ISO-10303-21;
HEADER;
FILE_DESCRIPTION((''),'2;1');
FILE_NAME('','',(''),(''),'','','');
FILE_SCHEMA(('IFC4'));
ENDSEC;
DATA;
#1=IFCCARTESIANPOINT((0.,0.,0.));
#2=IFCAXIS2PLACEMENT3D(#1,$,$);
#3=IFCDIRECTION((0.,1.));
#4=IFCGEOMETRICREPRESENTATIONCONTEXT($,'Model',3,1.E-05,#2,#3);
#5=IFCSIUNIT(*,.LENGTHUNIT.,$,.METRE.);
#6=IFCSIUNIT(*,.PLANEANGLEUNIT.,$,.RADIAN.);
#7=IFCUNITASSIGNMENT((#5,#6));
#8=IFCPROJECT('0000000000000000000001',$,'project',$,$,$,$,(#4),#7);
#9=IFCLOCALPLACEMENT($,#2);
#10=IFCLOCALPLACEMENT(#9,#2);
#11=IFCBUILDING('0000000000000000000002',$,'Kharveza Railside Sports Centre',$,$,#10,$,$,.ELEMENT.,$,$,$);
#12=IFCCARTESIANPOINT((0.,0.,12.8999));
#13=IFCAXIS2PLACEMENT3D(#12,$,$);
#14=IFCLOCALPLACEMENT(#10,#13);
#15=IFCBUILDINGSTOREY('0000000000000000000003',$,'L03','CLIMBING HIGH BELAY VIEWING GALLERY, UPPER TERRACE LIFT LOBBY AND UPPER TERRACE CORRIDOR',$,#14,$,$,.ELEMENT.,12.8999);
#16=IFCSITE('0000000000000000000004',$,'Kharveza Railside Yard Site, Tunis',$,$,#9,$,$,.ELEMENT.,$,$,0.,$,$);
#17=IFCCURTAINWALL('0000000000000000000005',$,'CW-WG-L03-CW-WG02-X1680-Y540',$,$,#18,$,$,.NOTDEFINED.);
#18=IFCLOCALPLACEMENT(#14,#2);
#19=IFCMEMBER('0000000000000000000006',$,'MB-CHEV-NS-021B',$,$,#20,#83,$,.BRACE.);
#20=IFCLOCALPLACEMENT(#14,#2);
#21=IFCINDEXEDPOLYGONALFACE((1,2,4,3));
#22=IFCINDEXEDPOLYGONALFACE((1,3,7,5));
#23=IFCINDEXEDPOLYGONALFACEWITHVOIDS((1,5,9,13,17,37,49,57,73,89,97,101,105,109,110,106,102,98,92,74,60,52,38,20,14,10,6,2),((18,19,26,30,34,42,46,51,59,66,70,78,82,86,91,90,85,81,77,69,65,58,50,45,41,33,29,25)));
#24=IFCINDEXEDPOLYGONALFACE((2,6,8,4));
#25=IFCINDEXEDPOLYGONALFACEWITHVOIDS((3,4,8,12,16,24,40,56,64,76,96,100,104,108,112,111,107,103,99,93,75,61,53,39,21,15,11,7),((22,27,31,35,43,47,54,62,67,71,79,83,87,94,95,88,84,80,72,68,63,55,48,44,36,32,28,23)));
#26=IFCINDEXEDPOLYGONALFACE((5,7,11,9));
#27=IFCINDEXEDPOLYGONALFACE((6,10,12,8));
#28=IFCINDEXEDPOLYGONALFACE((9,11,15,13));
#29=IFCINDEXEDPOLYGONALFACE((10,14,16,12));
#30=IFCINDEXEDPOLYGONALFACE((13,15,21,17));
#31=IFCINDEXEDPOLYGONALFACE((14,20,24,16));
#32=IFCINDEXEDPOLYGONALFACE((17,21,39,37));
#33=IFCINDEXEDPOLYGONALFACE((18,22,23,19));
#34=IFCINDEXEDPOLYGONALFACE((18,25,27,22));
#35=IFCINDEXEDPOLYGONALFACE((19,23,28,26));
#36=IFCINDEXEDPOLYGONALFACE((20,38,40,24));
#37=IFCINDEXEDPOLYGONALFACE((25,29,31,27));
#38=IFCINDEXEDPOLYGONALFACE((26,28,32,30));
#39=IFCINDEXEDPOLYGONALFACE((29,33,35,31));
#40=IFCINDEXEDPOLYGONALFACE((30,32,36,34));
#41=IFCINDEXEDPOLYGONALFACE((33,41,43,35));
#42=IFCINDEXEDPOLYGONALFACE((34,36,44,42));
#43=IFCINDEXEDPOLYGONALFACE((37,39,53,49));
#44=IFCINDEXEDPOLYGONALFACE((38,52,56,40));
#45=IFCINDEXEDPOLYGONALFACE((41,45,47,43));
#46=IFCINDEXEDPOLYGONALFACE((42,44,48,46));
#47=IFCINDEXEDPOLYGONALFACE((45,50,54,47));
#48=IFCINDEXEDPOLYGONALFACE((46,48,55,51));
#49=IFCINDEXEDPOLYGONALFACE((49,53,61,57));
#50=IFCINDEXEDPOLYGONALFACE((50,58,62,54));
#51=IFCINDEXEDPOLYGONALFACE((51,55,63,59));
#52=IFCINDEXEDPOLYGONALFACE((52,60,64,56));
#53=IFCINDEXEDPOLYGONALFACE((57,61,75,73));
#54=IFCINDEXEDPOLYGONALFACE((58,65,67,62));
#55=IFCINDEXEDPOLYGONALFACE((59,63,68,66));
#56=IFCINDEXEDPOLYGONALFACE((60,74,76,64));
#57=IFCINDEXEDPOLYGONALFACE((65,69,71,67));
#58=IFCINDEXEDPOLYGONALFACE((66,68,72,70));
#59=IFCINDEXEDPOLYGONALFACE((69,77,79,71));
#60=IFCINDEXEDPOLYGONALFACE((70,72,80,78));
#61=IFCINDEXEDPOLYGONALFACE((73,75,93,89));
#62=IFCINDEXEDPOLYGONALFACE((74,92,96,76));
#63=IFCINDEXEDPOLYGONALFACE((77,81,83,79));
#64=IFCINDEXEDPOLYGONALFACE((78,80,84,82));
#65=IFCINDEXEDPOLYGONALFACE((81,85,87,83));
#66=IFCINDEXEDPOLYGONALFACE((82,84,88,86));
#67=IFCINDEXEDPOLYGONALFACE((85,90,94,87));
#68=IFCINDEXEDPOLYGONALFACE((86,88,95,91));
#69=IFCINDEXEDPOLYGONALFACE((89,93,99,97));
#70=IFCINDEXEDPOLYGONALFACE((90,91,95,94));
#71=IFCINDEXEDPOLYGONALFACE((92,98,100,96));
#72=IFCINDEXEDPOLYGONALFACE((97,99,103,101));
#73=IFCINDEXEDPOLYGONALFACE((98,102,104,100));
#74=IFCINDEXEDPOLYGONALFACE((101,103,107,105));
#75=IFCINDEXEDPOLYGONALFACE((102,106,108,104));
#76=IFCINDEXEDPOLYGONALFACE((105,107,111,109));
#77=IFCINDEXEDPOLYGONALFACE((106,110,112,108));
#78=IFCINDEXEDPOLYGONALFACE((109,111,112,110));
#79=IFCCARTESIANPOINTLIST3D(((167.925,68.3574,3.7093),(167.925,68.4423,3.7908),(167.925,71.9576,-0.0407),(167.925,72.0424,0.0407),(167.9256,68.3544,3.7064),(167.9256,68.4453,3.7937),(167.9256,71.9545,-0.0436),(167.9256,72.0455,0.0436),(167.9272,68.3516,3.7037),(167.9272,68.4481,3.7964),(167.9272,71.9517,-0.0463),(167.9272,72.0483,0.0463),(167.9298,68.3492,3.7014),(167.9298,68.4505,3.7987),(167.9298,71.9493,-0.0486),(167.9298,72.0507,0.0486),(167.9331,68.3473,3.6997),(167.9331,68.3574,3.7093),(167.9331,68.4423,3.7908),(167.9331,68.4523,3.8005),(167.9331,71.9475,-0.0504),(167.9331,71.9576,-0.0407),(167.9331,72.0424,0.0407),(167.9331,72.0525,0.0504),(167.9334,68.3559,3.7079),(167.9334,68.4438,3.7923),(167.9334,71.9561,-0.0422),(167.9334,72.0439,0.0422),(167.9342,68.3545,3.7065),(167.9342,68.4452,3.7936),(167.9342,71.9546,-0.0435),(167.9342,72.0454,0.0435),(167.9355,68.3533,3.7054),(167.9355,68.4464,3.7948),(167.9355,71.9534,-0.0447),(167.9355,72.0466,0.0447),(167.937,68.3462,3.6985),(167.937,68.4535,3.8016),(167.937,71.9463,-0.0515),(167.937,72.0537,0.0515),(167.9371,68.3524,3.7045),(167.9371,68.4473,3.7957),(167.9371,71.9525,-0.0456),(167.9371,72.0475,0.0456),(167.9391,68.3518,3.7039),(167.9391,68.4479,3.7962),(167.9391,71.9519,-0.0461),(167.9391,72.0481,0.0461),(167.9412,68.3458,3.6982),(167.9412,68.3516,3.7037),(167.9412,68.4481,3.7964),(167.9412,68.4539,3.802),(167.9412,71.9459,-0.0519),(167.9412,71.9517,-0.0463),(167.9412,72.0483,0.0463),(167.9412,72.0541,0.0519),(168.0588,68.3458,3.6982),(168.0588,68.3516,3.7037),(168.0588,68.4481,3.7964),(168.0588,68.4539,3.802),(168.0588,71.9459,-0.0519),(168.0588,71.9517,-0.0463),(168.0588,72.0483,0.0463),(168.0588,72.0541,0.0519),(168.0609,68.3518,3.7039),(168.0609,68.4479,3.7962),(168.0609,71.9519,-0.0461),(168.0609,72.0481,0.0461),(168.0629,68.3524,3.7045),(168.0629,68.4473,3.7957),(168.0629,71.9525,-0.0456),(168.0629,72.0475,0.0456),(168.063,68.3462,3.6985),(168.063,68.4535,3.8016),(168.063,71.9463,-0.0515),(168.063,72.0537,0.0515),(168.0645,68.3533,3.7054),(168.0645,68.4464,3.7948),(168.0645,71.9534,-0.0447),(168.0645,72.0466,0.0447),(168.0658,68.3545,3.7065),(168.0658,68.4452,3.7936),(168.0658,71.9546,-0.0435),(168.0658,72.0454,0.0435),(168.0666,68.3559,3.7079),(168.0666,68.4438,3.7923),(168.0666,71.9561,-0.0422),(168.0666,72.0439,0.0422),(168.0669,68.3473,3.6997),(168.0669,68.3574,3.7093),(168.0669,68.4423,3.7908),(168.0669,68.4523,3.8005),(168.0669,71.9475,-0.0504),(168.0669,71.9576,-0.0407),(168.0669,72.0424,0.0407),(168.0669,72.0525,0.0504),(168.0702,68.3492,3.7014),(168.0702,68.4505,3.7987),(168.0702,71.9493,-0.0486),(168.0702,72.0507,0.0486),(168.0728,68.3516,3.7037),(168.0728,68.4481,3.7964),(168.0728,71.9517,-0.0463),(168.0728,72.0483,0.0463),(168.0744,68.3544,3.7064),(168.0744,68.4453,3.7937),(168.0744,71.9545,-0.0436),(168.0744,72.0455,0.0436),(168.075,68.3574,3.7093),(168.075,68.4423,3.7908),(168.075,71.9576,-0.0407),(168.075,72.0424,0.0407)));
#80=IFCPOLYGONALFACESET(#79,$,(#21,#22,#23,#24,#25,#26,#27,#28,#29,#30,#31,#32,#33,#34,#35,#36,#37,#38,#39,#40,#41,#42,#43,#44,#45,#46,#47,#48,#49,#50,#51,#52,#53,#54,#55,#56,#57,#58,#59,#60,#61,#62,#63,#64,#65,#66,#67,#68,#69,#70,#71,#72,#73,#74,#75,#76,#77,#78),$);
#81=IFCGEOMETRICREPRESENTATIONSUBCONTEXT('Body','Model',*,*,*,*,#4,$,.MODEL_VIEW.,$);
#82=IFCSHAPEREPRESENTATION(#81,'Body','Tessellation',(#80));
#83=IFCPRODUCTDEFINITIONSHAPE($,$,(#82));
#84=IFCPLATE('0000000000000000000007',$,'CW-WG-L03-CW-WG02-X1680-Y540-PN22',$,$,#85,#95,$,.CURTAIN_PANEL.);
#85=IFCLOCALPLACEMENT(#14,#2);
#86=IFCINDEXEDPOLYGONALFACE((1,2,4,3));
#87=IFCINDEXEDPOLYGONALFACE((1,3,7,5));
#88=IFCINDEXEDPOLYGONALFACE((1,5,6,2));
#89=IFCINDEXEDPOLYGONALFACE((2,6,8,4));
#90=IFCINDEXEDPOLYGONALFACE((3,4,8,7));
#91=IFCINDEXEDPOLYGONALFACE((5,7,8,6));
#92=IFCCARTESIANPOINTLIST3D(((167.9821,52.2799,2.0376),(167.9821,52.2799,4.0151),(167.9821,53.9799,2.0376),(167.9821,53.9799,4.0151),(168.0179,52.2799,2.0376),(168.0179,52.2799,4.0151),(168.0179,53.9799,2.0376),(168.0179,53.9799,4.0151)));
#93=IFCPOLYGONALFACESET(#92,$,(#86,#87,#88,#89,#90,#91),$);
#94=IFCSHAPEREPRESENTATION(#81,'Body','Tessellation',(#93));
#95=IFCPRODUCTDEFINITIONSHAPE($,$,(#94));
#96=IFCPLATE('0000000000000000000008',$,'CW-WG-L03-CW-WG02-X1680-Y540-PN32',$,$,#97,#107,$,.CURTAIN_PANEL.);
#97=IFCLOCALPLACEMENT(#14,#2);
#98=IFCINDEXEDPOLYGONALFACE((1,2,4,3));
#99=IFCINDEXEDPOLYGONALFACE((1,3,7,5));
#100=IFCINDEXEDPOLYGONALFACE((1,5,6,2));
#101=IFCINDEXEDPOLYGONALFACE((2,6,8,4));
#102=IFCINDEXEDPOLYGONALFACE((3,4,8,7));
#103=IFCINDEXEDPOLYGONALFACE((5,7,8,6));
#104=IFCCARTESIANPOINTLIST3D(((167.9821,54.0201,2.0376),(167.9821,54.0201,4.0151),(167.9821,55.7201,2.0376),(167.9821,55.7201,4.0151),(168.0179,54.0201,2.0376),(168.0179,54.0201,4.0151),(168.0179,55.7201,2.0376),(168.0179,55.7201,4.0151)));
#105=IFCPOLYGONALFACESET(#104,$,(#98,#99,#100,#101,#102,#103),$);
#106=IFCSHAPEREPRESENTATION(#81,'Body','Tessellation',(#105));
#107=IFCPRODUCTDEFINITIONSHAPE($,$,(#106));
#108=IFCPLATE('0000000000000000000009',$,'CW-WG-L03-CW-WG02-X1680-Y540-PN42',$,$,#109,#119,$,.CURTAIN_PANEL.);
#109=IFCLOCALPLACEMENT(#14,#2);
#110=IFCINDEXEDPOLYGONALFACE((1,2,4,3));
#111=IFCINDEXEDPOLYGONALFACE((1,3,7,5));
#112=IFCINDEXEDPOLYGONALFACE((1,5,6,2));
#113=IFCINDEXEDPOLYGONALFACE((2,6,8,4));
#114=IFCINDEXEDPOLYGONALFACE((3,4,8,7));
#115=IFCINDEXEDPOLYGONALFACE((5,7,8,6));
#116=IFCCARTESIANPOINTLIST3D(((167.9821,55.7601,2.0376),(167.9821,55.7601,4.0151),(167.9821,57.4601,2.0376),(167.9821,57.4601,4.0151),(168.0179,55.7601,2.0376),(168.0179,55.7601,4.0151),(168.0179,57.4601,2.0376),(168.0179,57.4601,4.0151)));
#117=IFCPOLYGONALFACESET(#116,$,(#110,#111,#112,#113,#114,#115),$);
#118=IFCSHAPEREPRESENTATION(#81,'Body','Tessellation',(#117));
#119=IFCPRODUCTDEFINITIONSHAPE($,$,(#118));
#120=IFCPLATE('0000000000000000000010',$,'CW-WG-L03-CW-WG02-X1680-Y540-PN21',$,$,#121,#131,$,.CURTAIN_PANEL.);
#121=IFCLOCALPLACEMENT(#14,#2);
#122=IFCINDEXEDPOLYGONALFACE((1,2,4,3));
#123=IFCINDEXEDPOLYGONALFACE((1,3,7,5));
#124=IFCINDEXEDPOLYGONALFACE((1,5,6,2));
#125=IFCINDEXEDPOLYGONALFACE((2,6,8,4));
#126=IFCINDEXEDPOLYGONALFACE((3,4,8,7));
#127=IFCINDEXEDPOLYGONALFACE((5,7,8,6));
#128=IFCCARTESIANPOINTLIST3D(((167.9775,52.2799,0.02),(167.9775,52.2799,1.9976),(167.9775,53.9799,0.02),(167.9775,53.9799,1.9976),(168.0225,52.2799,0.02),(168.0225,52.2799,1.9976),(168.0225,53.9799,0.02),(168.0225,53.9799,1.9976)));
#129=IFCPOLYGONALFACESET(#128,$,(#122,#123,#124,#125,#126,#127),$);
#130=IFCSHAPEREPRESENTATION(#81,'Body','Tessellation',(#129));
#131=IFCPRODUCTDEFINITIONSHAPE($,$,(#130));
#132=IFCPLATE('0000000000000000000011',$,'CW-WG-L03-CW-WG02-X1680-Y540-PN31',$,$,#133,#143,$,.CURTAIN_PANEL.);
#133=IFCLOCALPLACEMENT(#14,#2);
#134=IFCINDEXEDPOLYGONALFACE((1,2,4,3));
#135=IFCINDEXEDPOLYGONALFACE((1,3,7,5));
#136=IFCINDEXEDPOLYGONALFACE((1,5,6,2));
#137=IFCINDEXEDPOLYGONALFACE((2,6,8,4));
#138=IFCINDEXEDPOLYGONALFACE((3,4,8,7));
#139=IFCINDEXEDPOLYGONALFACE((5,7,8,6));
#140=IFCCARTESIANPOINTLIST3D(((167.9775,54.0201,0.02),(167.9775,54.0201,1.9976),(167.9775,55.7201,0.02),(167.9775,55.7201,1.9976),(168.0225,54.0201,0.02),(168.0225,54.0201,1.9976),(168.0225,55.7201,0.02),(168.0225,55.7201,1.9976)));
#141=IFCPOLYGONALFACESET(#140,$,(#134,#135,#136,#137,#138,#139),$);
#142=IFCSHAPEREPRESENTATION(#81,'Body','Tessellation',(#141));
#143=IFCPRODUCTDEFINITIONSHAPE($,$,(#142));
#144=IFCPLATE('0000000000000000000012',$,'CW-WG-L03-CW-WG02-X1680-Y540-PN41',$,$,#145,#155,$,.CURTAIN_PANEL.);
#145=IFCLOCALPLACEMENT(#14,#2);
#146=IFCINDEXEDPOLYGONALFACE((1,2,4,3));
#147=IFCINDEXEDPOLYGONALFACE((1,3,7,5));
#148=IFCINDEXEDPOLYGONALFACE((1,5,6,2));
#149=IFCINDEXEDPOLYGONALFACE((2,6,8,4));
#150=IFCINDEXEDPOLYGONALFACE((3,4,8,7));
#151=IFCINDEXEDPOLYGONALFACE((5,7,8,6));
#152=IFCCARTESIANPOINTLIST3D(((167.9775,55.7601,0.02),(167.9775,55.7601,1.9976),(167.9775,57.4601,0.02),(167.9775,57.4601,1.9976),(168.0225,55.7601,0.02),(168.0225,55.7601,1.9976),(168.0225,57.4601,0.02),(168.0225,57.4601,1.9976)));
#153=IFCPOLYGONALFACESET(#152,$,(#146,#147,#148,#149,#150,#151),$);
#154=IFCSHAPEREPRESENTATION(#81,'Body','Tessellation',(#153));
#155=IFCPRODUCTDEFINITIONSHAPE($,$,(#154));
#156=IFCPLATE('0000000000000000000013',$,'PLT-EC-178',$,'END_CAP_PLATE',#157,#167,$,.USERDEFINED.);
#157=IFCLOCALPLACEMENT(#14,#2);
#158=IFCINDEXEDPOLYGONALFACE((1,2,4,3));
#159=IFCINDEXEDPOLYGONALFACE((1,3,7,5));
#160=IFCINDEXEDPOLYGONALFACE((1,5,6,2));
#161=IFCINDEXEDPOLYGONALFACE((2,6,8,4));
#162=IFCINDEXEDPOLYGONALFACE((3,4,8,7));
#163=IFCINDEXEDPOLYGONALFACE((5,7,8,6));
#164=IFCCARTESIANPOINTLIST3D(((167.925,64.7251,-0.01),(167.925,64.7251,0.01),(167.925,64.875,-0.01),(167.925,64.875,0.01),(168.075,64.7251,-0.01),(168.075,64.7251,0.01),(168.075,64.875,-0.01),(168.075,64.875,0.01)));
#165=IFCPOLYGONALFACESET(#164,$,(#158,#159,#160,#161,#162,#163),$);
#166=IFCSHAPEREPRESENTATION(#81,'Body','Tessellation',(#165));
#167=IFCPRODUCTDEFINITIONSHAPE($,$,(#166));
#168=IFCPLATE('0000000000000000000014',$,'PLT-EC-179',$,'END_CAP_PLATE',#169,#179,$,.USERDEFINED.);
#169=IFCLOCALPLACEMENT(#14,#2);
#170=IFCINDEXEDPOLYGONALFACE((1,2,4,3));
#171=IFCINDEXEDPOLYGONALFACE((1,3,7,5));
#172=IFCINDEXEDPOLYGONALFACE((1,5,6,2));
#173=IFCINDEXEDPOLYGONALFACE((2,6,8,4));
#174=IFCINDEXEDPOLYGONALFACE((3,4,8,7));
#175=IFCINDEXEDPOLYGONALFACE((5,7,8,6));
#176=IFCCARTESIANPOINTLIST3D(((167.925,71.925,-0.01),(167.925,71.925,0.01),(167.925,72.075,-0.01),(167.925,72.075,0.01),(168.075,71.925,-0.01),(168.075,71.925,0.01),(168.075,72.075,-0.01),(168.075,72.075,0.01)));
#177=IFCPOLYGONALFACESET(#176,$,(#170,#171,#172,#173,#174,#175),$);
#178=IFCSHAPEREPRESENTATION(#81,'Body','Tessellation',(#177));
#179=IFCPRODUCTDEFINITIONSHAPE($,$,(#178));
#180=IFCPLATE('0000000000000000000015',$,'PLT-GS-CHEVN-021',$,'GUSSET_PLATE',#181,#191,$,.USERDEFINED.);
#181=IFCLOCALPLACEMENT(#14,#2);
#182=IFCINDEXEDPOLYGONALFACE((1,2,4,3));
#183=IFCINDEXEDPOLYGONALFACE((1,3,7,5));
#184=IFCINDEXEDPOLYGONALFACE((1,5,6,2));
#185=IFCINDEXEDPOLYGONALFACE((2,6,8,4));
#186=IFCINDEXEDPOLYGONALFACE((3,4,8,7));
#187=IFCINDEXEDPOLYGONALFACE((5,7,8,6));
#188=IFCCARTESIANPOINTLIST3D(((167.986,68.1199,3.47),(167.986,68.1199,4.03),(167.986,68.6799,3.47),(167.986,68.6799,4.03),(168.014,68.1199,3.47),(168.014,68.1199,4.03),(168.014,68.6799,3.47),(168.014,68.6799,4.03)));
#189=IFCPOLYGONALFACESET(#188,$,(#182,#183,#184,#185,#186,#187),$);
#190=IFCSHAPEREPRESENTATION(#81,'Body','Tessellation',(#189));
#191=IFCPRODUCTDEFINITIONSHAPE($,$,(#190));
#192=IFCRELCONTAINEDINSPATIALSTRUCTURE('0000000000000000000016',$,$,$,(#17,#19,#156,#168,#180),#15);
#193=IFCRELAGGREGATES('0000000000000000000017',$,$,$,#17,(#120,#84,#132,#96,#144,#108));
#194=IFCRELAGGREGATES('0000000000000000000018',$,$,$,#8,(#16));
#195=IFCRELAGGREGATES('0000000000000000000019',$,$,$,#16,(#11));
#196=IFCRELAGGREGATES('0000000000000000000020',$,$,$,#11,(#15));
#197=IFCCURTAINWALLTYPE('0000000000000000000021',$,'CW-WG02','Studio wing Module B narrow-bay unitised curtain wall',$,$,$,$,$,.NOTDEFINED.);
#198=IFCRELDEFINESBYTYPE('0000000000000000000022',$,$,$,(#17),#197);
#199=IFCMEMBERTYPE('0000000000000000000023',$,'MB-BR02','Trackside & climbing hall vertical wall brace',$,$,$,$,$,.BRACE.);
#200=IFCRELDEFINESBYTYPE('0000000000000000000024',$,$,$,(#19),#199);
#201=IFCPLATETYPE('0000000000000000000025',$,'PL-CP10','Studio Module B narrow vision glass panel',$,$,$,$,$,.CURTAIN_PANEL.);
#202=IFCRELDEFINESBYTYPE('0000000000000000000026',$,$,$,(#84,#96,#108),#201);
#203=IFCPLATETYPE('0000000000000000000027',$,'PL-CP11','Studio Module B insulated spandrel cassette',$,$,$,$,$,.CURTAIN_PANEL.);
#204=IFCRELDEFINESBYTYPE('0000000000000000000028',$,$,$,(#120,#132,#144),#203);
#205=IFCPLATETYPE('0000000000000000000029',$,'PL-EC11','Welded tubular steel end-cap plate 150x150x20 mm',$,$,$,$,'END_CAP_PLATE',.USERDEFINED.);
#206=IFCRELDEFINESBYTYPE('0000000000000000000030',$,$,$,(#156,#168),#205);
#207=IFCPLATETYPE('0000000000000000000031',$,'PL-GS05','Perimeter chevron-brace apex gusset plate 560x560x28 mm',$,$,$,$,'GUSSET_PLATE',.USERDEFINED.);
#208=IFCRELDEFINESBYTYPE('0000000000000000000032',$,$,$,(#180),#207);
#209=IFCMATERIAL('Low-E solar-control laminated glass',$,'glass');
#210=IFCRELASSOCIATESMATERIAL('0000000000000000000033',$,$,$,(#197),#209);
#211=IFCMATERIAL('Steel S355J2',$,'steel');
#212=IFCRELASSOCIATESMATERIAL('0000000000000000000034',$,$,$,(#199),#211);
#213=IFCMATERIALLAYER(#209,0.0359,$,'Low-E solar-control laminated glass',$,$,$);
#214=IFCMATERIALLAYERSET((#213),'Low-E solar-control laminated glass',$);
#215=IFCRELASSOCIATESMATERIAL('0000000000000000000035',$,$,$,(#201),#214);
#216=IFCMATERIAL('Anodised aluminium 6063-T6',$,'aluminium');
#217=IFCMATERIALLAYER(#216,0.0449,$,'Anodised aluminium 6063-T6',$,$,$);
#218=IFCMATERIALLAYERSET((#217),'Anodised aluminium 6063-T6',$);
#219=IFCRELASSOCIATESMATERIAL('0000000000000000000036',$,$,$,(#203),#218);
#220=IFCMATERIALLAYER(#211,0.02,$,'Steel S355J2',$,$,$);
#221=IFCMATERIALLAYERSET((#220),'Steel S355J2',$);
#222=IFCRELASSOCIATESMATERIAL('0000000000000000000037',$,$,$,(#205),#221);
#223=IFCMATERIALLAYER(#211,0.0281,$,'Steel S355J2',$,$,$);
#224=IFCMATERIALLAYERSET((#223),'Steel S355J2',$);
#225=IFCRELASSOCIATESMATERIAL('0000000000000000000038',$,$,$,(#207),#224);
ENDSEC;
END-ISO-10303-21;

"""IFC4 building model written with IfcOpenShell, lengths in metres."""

from ifc_helpers import new_model, si_unit, direction, frame, origin, origin_2d, place, context, subcontext, project, spatial, rectangle, hollow_rectangle, extrude, material, layer, layer_set, material_profile, profile_set, type_object, element, aggregate, save


model = new_model("IFC4")

# Units and contexts
model_context = context("Model", 3, precision=1e-05, world=origin(), true_north=direction((0.0, 1.0)))
body_context = subcontext(model_context, "Body", "Model", "MODEL_VIEW")
ifc_project = project(units=[si_unit("LENGTHUNIT", "METRE"), si_unit("PLANEANGLEUNIT", "RADIAN")], contexts=[model_context])

# Site, building, storey
site_placement = place(None, origin())
site = spatial("IfcSite", under=ifc_project, at=site_placement, Name="Kharveza Railside Yard Site, Tunis", CompositionType="ELEMENT", RefElevation=0.0)
building_placement = place(site_placement, origin())
building = spatial("IfcBuilding", under=site, at=building_placement, Name="Kharveza Railside Sports Centre", CompositionType="ELEMENT")
storey_placement = place(building_placement, frame((0.0, 0.0, 12.8999)))
storey = spatial("IfcBuildingStorey", under=building, at=storey_placement, Name="L03", Description="CLIMBING HIGH BELAY VIEWING GALLERY, UPPER TERRACE LIFT LOBBY AND UPPER TERRACE CORRIDOR", CompositionType="ELEMENT", Elevation=12.8999)

# Shared definitions
ifc_material_1 = material(Name="Steel S355J2", Category="steel")

# Curtain wall
ifc_material_2 = material(Name="Low-E solar-control laminated glass", Category="glass")
curtain_wall_type = type_object("IfcCurtainWallType", Name="CW-WG02", Description="Studio wing Module B narrow-bay unitised curtain wall", PredefinedType="NOTDEFINED", material=ifc_material_2)
curtain_wall_1_placement = place(storey_placement, origin())
curtain_wall_1 = element("IfcCurtainWall", 1, at=curtain_wall_1_placement, inside=storey, type_object=curtain_wall_type, Name="CW-WG-L03-CW-WG02-X1680-Y540", PredefinedType="NOTDEFINED")
ifc_material_3 = material(Name="Anodised aluminium 6063-T6", Category="aluminium")

# Member
ifc_material_profile_1 = material_profile(ifc_material_1, hollow_rectangle(XDim=0.1499, YDim=0.1499, WallThickness=0.0081, InnerFilletRadius=0.0081, OuterFilletRadius=0.0161, at=origin_2d()), Name="SHS 150x150x8.0")
ifc_profile_set_1 = profile_set([ifc_material_profile_1], Name="Steel S355J2")
member_type_1 = type_object("IfcMemberType", Name="MB-BR02", Description="Trackside & climbing hall vertical wall brace", PredefinedType="BRACE", material=ifc_profile_set_1)
member_1_placement = place(storey_placement, frame((168.0, 72.0, 0.0), z_axis=(0.0, -0.692542, 0.721378), x_axis=(1.0, 0.0, 0.0)))
element("IfcMember", 2, at=member_1_placement, inside=storey, type_object=member_type_1, Name="MB-CHEV-NS-021B", PredefinedType="BRACE", context=body_context, shape_type="SweptSolid", body=[
    extrude(hollow_rectangle(XDim=0.1499, YDim=0.1499, WallThickness=0.0081, InnerFilletRadius=0.0081, OuterFilletRadius=0.0161, at=origin_2d()), origin(), (0.0, 0.0, 1.0), 5.1985),
])

# Plates
ifc_layer_1 = layer(ifc_material_2, 0.0359, Name="Low-E solar-control laminated glass")
ifc_layer_set_1 = layer_set([ifc_layer_1], Name="Low-E solar-control laminated glass")
plate_type_1 = type_object("IfcPlateType", Name="PL-CP10", Description="Studio Module B narrow vision glass panel", PredefinedType="CURTAIN_PANEL", material=ifc_layer_set_1)
plate_1_placement = place(storey_placement, frame((168.0, 53.1299, 2.0376), z_axis=(0.0, 0.0, 1.0), x_axis=(0.0, 1.0, 0.0)))
plate_1 = element("IfcPlate", 3, at=plate_1_placement, type_object=plate_type_1, Name="CW-WG-L03-CW-WG02-X1680-Y540-PN22", PredefinedType="CURTAIN_PANEL", context=body_context, shape_type="SweptSolid", body=[
    extrude(rectangle(XDim=1.7, YDim=0.0359, at=origin_2d()), origin(), (0.0, 0.0, 1.0), 1.9775),
])
plate_2_placement = place(storey_placement, frame((168.0, 54.8701, 2.0376), z_axis=(0.0, 0.0, 1.0), x_axis=(0.0, 1.0, 0.0)))
plate_2 = element("IfcPlate", 4, at=plate_2_placement, type_object=plate_type_1, Name="CW-WG-L03-CW-WG02-X1680-Y540-PN32", PredefinedType="CURTAIN_PANEL", context=body_context, shape_type="SweptSolid", body=[
    extrude(rectangle(XDim=1.7, YDim=0.0359, at=origin_2d()), origin(), (0.0, 0.0, 1.0), 1.9775),
])
plate_3_placement = place(storey_placement, frame((168.0, 56.6101, 2.0376), z_axis=(0.0, 0.0, 1.0), x_axis=(0.0, 1.0, 0.0)))
plate_3 = element("IfcPlate", 5, at=plate_3_placement, type_object=plate_type_1, Name="CW-WG-L03-CW-WG02-X1680-Y540-PN42", PredefinedType="CURTAIN_PANEL", context=body_context, shape_type="SweptSolid", body=[
    extrude(rectangle(XDim=1.7, YDim=0.0359, at=origin_2d()), origin(), (0.0, 0.0, 1.0), 1.9775),
])
ifc_layer_2 = layer(ifc_material_3, 0.0449, Name="Anodised aluminium 6063-T6")
ifc_layer_set_2 = layer_set([ifc_layer_2], Name="Anodised aluminium 6063-T6")
plate_type_2 = type_object("IfcPlateType", Name="PL-CP11", Description="Studio Module B insulated spandrel cassette", PredefinedType="CURTAIN_PANEL", material=ifc_layer_set_2)
plate_4_placement = place(storey_placement, frame((168.0, 53.1299, 0.02), z_axis=(0.0, 0.0, 1.0), x_axis=(0.0, 1.0, 0.0)))
plate_4 = element("IfcPlate", 6, at=plate_4_placement, type_object=plate_type_2, Name="CW-WG-L03-CW-WG02-X1680-Y540-PN21", PredefinedType="CURTAIN_PANEL", context=body_context, shape_type="SweptSolid", body=[
    extrude(rectangle(XDim=1.7, YDim=0.0449, at=origin_2d()), origin(), (0.0, 0.0, 1.0), 1.9775),
])
plate_5_placement = place(storey_placement, frame((168.0, 54.8701, 0.02), z_axis=(0.0, 0.0, 1.0), x_axis=(0.0, 1.0, 0.0)))
plate_5 = element("IfcPlate", 7, at=plate_5_placement, type_object=plate_type_2, Name="CW-WG-L03-CW-WG02-X1680-Y540-PN31", PredefinedType="CURTAIN_PANEL", context=body_context, shape_type="SweptSolid", body=[
    extrude(rectangle(XDim=1.7, YDim=0.0449, at=origin_2d()), origin(), (0.0, 0.0, 1.0), 1.9775),
])
plate_6_placement = place(storey_placement, frame((168.0, 56.6101, 0.02), z_axis=(0.0, 0.0, 1.0), x_axis=(0.0, 1.0, 0.0)))
plate_6 = element("IfcPlate", 8, at=plate_6_placement, type_object=plate_type_2, Name="CW-WG-L03-CW-WG02-X1680-Y540-PN41", PredefinedType="CURTAIN_PANEL", context=body_context, shape_type="SweptSolid", body=[
    extrude(rectangle(XDim=1.7, YDim=0.0449, at=origin_2d()), origin(), (0.0, 0.0, 1.0), 1.9775),
])
aggregate(curtain_wall_1, [plate_4, plate_1, plate_5, plate_2, plate_6, plate_3])

# Plates
ifc_layer_3 = layer(ifc_material_1, 0.02, Name="Steel S355J2")
ifc_layer_set_3 = layer_set([ifc_layer_3], Name="Steel S355J2")
plate_type_3 = type_object("IfcPlateType", Name="PL-EC11", Description="Welded tubular steel end-cap plate 150x150x20 mm", ElementType="END_CAP_PLATE", PredefinedType="USERDEFINED", material=ifc_layer_set_3)
for number, where, z_axis, x_axis, name in (
    (9, (168.0, 64.8, -0.01), (0.0, 0.0, 1.0), (1.0, 0.0, 0.0), "PLT-EC-178"),
    (10, (168.0, 72.0, -0.01), (0.0, 0.0, 1.0), (1.0, 0.0, 0.0), "PLT-EC-179"),
):
    element("IfcPlate", number, at=place(storey_placement, frame(where, z_axis=z_axis, x_axis=x_axis)), inside=storey, type_object=plate_type_3, Name=name, ObjectType="END_CAP_PLATE", PredefinedType="USERDEFINED", context=body_context, shape_type="SweptSolid", body=[
        extrude(rectangle(XDim=0.1499, YDim=0.1499, at=origin_2d()), origin(), (0.0, 0.0, 1.0), 0.02),
    ])
ifc_layer_4 = layer(ifc_material_1, 0.0281, Name="Steel S355J2")
ifc_layer_set_4 = layer_set([ifc_layer_4], Name="Steel S355J2")
plate_type_4 = type_object("IfcPlateType", Name="PL-GS05", Description="Perimeter chevron-brace apex gusset plate 560x560x28 mm", ElementType="GUSSET_PLATE", PredefinedType="USERDEFINED", material=ifc_layer_set_4)
plate_7_placement = place(storey_placement, frame((168.0, 68.3999, 3.47), z_axis=(0.0, 0.0, 1.0), x_axis=(1.0, 0.0, 0.0)))
element("IfcPlate", 11, at=plate_7_placement, inside=storey, type_object=plate_type_4, Name="PLT-GS-CHEVN-021", ObjectType="GUSSET_PLATE", PredefinedType="USERDEFINED", context=body_context, shape_type="SweptSolid", body=[
    extrude(rectangle(XDim=0.0281, YDim=0.5601, at=origin_2d()), origin(), (0.0, 0.0, 1.0), 0.5601),
])

save(model, "model.ifc")
